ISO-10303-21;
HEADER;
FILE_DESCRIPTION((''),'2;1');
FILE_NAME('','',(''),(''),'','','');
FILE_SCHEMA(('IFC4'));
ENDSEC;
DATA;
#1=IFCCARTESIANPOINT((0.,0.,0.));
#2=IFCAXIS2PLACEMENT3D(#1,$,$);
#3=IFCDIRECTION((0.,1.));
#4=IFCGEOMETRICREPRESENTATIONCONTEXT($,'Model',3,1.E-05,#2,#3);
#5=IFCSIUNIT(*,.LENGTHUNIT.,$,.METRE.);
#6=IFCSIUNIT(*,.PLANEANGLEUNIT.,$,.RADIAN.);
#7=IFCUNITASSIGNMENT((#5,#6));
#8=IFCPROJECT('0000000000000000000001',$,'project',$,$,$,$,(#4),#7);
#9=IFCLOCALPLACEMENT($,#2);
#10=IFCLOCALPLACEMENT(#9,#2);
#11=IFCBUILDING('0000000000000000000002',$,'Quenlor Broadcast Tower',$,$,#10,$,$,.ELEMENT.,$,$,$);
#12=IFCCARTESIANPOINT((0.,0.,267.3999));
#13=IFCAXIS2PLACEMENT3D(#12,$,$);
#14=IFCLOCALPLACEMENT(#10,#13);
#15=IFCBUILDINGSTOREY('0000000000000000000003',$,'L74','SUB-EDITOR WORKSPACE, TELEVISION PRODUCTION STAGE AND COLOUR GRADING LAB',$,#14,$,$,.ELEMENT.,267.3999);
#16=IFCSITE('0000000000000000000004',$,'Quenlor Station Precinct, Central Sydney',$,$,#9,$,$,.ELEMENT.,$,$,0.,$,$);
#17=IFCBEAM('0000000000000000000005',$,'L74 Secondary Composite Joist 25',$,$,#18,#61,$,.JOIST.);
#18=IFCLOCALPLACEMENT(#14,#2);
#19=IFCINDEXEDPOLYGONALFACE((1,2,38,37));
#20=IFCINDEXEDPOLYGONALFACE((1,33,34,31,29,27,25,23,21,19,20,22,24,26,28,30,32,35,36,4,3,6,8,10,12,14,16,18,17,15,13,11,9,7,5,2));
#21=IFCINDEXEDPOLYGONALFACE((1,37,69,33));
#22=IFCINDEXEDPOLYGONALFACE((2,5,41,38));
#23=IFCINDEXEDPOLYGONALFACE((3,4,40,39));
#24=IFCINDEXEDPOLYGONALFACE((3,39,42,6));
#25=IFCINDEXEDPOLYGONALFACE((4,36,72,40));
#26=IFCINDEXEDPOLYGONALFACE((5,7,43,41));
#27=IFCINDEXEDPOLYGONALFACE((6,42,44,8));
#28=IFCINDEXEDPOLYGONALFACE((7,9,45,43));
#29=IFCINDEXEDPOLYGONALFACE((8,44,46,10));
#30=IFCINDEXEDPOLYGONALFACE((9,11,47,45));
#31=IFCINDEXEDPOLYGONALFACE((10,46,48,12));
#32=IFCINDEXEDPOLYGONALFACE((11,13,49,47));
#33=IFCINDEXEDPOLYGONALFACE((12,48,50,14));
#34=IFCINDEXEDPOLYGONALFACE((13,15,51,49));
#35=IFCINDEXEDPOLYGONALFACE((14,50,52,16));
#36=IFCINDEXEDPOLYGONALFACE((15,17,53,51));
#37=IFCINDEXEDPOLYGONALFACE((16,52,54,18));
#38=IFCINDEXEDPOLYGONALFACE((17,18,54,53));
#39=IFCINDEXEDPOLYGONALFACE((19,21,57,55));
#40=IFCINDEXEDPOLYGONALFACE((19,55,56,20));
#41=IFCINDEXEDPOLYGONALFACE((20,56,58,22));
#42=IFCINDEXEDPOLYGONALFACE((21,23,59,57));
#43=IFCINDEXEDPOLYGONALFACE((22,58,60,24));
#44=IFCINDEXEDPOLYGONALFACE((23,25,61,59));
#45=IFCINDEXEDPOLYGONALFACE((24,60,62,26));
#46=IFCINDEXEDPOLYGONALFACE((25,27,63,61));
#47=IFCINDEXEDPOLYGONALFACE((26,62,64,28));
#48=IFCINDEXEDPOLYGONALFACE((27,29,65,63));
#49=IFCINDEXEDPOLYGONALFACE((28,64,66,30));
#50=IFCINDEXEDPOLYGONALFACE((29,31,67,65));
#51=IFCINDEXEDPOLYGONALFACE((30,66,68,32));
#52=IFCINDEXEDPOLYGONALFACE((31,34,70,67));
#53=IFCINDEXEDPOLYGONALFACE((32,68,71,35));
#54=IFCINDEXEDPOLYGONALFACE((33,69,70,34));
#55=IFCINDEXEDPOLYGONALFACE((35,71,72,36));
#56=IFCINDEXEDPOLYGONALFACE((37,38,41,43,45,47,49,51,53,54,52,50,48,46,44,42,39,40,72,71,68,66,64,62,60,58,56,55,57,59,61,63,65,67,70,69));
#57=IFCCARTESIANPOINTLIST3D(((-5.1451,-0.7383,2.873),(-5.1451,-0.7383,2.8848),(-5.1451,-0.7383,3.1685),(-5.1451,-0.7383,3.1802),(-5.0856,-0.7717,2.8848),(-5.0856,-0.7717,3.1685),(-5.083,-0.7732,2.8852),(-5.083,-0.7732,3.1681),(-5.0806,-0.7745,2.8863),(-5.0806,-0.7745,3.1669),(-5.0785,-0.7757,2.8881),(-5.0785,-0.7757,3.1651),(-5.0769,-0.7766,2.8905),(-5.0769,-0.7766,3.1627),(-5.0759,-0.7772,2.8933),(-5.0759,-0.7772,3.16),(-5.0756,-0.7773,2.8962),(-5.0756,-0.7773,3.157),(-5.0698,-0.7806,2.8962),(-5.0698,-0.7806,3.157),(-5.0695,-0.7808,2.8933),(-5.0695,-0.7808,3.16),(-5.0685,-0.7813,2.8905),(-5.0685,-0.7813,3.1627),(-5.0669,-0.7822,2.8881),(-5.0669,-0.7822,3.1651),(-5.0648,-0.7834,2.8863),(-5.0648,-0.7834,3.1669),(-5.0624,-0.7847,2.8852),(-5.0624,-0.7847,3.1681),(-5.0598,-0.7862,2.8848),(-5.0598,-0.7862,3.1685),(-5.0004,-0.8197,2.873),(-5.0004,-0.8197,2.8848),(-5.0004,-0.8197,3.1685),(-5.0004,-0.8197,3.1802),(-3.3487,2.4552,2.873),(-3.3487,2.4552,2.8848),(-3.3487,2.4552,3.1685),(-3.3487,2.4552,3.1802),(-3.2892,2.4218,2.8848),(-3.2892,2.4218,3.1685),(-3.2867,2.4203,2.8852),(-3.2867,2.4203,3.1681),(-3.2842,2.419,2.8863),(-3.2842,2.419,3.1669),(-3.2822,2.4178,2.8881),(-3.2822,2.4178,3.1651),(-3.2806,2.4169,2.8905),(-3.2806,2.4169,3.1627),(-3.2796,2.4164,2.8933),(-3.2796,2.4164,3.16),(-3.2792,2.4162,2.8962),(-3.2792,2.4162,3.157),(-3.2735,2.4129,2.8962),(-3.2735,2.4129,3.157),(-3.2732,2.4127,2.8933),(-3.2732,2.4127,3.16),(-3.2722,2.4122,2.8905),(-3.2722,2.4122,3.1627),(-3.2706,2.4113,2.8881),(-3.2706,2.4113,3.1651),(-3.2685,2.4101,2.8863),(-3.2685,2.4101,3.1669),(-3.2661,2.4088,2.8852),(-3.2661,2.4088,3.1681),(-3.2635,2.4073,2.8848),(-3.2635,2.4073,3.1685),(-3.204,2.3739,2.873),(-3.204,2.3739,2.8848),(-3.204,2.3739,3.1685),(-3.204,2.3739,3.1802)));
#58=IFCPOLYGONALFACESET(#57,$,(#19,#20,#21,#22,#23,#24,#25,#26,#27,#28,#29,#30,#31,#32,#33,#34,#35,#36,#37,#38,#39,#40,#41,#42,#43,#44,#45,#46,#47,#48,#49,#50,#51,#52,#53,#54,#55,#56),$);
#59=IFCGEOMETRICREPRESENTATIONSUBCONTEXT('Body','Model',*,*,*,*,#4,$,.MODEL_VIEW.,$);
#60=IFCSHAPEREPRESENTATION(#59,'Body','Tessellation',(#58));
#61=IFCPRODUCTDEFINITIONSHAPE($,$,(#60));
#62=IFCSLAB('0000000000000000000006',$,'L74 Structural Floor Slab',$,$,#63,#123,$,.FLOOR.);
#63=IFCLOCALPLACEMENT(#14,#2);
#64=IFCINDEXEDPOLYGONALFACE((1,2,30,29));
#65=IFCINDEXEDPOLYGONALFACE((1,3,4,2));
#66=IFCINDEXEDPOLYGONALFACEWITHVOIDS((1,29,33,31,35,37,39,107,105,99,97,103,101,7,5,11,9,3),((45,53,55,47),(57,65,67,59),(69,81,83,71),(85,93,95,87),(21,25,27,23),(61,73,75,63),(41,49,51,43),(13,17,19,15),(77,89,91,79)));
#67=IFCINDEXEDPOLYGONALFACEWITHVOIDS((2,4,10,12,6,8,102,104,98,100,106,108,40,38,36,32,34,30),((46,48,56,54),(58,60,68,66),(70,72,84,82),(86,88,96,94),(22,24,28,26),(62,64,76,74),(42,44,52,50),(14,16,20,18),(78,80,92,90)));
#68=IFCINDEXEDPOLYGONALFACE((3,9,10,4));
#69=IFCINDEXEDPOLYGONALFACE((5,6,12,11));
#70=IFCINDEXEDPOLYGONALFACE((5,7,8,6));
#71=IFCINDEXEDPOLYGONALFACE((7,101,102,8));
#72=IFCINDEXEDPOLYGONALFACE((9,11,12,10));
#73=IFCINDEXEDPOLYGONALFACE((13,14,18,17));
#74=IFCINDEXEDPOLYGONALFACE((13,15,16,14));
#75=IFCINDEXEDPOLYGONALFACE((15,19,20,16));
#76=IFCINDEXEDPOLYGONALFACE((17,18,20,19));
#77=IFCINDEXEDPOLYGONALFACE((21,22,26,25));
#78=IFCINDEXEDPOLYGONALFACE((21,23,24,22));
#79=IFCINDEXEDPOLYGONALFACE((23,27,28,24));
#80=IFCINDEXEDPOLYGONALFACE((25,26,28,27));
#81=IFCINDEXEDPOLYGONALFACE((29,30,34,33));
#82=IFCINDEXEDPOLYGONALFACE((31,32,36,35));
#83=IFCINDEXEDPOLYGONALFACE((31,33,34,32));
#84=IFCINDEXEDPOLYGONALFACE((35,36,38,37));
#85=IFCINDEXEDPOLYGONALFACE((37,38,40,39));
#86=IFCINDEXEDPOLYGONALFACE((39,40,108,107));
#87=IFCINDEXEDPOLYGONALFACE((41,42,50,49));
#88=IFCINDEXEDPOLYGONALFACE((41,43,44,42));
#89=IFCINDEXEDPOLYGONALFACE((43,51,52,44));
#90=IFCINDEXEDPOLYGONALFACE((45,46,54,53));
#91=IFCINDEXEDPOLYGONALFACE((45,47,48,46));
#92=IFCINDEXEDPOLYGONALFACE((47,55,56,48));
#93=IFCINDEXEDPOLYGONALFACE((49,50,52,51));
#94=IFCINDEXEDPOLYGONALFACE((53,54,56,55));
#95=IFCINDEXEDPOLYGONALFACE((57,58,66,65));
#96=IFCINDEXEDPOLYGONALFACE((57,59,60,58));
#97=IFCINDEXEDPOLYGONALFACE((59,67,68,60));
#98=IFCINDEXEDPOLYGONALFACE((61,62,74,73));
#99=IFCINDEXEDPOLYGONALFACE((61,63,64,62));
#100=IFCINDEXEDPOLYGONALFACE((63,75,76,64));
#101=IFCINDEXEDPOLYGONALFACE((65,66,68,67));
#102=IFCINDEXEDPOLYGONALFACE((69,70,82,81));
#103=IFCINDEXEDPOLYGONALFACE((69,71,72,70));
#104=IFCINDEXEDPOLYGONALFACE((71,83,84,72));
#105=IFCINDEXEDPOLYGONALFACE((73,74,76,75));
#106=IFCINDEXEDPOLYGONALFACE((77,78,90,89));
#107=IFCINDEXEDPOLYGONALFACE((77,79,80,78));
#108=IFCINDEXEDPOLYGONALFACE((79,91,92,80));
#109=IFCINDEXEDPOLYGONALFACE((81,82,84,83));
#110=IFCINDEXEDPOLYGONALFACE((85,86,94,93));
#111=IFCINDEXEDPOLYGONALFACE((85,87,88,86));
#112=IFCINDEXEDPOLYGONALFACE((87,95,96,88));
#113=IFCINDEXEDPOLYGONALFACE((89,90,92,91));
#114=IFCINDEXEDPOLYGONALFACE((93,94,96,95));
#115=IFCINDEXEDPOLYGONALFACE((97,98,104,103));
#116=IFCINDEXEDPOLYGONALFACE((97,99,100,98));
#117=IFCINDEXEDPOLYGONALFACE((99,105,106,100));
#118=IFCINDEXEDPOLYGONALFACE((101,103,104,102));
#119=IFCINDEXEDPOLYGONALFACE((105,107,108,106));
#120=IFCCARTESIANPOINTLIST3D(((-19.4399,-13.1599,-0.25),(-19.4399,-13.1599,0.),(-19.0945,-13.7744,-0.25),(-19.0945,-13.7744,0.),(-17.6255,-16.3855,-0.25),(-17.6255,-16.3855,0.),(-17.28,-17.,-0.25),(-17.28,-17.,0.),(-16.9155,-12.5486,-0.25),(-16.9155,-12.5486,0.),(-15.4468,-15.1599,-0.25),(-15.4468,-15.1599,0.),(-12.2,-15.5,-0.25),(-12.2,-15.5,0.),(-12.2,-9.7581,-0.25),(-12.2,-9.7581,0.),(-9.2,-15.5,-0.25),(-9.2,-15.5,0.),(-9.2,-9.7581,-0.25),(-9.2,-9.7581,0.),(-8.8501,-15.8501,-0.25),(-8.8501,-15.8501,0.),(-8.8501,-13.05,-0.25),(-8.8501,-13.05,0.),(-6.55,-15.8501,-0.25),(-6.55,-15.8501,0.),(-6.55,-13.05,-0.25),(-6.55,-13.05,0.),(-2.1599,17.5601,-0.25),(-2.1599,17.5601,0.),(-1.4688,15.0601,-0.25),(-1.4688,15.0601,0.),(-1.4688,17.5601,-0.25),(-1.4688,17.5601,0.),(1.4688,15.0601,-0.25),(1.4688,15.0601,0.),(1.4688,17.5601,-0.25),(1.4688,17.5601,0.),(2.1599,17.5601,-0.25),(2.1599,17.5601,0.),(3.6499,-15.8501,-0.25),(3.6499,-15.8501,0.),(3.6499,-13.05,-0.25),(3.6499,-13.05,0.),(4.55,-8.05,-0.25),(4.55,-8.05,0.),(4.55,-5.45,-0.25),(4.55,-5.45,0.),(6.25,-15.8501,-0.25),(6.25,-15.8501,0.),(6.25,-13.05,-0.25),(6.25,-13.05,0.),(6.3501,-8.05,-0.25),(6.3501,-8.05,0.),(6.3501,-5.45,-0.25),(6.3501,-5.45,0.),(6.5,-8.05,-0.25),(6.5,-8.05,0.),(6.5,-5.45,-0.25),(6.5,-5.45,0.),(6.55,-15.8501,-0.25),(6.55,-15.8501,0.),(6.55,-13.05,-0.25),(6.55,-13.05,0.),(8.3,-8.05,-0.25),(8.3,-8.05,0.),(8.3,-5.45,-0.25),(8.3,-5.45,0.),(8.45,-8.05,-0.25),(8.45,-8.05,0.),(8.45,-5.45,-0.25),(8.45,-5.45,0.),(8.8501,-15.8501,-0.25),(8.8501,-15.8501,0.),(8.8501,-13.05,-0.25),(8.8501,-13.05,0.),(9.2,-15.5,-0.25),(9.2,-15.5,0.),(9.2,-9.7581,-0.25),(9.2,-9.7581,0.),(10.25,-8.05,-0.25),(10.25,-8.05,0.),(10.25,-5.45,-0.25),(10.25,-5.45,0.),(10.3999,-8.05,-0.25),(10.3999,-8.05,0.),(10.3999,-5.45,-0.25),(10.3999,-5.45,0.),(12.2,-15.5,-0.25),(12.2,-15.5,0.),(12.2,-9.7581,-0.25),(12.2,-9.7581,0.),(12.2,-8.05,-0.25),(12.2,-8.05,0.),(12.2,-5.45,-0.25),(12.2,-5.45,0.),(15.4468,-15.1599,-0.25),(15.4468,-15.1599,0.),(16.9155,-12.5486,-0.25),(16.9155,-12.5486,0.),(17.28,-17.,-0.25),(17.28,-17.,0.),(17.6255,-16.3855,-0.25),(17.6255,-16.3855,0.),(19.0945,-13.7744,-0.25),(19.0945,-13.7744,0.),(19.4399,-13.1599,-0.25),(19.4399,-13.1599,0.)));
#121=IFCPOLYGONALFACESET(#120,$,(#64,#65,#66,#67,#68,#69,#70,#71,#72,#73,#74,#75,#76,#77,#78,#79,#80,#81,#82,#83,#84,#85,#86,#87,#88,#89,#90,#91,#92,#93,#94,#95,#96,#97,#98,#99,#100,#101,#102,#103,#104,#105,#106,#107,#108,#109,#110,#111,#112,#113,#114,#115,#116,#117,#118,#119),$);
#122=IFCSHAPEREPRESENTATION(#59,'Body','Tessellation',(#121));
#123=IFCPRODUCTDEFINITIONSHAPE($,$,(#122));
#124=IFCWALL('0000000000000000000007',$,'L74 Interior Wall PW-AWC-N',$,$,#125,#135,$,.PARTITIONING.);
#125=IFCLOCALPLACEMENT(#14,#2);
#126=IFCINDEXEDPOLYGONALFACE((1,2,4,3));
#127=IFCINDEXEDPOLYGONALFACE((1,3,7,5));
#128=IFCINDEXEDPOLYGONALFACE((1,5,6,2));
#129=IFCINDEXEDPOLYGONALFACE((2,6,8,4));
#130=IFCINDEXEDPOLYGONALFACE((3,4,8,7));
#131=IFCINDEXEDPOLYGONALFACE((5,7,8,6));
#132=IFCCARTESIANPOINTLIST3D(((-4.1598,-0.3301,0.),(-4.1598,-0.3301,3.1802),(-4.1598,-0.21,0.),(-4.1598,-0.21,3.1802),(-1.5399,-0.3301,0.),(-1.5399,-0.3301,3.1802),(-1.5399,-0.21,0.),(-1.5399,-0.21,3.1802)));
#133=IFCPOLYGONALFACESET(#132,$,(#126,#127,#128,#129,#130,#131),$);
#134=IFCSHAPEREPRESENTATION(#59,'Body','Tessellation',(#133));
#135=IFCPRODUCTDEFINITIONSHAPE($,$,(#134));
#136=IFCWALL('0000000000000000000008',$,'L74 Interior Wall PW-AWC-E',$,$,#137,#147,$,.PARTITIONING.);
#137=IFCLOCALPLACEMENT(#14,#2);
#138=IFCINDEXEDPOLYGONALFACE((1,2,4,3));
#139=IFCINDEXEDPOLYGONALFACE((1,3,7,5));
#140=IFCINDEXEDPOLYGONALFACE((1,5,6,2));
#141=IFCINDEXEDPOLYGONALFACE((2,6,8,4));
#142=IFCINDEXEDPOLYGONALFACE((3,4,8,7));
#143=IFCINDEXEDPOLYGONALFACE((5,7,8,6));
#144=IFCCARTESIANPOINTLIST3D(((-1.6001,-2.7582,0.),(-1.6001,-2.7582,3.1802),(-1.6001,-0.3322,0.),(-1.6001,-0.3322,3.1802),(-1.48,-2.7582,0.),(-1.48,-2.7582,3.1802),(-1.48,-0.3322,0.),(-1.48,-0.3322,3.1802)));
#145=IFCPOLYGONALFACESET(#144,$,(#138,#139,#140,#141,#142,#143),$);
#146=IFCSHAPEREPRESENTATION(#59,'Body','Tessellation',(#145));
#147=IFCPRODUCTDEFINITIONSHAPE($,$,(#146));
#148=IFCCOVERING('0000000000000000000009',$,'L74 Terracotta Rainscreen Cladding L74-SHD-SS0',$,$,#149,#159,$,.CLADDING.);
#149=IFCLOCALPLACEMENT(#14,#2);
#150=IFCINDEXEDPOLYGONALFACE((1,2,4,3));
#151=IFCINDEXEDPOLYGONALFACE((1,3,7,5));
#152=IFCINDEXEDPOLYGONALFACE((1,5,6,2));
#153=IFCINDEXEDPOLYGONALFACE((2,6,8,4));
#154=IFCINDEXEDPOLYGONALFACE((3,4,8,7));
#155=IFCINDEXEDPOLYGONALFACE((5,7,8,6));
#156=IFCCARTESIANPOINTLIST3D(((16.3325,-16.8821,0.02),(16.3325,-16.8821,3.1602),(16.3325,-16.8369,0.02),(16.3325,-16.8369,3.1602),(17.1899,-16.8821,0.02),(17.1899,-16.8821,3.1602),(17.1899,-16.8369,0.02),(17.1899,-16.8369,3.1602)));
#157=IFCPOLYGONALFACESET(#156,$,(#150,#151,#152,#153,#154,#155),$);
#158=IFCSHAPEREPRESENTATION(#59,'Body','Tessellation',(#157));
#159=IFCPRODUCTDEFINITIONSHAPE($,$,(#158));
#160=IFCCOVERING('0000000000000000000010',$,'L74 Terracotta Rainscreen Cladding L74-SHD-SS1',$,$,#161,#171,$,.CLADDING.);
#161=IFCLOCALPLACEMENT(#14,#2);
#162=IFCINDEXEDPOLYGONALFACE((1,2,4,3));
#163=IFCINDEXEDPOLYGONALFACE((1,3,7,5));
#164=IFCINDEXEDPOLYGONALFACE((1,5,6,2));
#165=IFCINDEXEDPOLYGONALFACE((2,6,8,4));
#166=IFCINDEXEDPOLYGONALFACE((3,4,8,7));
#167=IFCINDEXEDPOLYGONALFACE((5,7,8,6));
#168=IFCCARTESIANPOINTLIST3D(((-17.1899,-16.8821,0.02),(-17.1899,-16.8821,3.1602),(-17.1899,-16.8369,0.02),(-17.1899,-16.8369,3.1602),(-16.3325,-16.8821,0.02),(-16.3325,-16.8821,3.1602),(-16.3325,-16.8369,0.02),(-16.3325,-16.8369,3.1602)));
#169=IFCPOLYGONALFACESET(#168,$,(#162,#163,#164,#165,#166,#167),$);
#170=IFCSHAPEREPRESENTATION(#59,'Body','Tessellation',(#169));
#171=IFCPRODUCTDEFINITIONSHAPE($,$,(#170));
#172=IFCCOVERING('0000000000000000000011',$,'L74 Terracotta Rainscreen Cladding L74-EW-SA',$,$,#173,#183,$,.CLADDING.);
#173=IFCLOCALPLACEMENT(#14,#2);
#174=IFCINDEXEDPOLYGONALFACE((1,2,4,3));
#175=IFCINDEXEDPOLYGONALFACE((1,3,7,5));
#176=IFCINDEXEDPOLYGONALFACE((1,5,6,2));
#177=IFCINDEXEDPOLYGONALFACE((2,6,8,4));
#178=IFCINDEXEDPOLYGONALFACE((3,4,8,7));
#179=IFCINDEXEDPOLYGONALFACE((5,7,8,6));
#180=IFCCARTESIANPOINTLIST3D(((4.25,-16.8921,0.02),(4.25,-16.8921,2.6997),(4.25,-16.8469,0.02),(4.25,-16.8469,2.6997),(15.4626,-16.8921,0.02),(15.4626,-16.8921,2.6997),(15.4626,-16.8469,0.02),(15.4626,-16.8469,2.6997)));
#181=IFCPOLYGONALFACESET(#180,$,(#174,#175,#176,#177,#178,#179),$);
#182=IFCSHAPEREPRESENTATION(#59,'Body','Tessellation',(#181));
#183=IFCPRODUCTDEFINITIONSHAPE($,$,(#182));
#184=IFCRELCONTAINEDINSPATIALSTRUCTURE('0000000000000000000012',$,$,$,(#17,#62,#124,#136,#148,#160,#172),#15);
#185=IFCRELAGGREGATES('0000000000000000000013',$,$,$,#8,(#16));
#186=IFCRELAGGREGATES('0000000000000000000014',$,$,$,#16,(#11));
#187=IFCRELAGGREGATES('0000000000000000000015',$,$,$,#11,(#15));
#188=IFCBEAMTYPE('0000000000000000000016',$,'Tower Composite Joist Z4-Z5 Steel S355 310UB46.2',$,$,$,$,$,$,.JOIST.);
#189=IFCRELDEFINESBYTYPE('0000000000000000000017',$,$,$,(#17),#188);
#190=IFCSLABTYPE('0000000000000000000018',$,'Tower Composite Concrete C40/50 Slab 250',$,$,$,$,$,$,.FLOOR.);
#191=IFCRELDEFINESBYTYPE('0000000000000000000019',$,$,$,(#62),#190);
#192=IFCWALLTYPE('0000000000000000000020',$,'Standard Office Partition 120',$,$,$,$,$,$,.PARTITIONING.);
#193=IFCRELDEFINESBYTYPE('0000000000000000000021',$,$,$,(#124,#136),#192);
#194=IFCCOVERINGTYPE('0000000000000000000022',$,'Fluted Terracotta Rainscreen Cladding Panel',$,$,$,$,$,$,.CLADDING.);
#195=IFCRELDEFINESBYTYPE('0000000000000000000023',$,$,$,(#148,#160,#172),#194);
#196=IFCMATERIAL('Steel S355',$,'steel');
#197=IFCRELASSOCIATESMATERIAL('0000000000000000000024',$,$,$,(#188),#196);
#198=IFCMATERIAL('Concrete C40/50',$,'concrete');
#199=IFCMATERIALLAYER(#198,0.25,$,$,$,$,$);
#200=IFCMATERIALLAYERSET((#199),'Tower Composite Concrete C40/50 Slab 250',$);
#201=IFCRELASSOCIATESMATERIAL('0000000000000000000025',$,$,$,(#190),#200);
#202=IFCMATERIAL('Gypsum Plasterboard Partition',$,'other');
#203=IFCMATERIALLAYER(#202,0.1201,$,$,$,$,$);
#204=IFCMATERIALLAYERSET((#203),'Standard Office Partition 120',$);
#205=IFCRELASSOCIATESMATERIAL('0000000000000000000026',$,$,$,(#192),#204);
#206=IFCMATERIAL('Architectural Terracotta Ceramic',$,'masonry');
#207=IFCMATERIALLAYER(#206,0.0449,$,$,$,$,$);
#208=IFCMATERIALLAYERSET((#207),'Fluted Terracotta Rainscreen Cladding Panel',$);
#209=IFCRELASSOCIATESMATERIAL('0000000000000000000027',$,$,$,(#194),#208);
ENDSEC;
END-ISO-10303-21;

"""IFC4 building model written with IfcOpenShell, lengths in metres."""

from ifc_helpers import new_model, si_unit, direction, frame, frame_2d, origin, origin_2d, place, context, subcontext, project, spatial, polyline, rectangle, i_section, outline, extrude, material, layer, layer_set, material_profile, profile_set, type_object, element, save


model = new_model("IFC4")

# Units and contexts
model_context = context("Model", 3, precision=1e-05, world=origin(), true_north=direction((0.0, 1.0)))
body_context = subcontext(model_context, "Body", "Model", "MODEL_VIEW")
ifc_project = project(units=[si_unit("LENGTHUNIT", "METRE"), si_unit("PLANEANGLEUNIT", "RADIAN")], contexts=[model_context])

# Site, building, storey
site_placement = place(None, origin())
site = spatial("IfcSite", under=ifc_project, at=site_placement, Name="Quenlor Station Precinct, Central Sydney", CompositionType="ELEMENT", RefElevation=0.0)
building_placement = place(site_placement, origin())
building = spatial("IfcBuilding", under=site, at=building_placement, Name="Quenlor Broadcast Tower", CompositionType="ELEMENT")
storey_placement = place(building_placement, frame((0.0, 0.0, 267.3999)))
storey = spatial("IfcBuildingStorey", under=building, at=storey_placement, Name="L74", Description="SUB-EDITOR WORKSPACE, TELEVISION PRODUCTION STAGE AND COLOUR GRADING LAB", CompositionType="ELEMENT", Elevation=267.3999)

# Beam
ifc_material_1 = material(Name="Steel S355", Category="steel")
ifc_material_profile = material_profile(ifc_material_1, i_section(OverallWidth=0.166, OverallDepth=0.3071, WebThickness=0.0066, FlangeThickness=0.0117, FilletRadius=0.0115, at=origin_2d()))
ifc_profile_set = profile_set([ifc_material_profile], Name="Steel S355 310UB46.2")
beam_type = type_object("IfcBeamType", Name="Tower Composite Joist Z4-Z5 Steel S355 310UB46.2", PredefinedType="JOIST", material=ifc_profile_set)
beam_placement = place(storey_placement, frame((-3.2764, 2.4146, 3.0266), z_axis=(-0.490258, -0.871577, 0.0), x_axis=(0.871577, -0.490258, 0.0)))
element("IfcBeam", 1, at=beam_placement, inside=storey, type_object=beam_type, Name="L74 Secondary Composite Joist 25", PredefinedType="JOIST", context=body_context, shape_type="SweptSolid", body=[
    extrude(i_section(OverallWidth=0.166, OverallDepth=0.3071, WebThickness=0.0066, FlangeThickness=0.0117, FilletRadius=0.0115, at=origin_2d()), origin(), (0.0, 0.0, 1.0), 3.6641),
])

# Slab
ifc_material_2 = material(Name="Concrete C40/50", Category="concrete")
ifc_layer_1 = layer(ifc_material_2, 0.25)
ifc_layer_set_1 = layer_set([ifc_layer_1], Name="Tower Composite Concrete C40/50 Slab 250")
slab_type = type_object("IfcSlabType", Name="Tower Composite Concrete C40/50 Slab 250", PredefinedType="FLOOR", material=ifc_layer_set_1)
slab_placement = place(storey_placement, frame((0.0, 0.0, -0.25)))
element("IfcSlab", 2, at=slab_placement, inside=storey, type_object=slab_type, Name="L74 Structural Floor Slab", PredefinedType="FLOOR", context=body_context, shape_type="SweptSolid", body=[
    extrude(outline(polyline([(17.28, -17.0), (17.6255, -16.3855), (15.4468, -15.1599), (16.9155, -12.5486), (19.0945, -13.7744), (19.4399, -13.1599), (2.1599, 17.5601), (1.4688, 17.5601), (1.4688, 15.0601), (-1.4688, 15.0601), (-1.4688, 17.5601), (-2.1599, 17.5601), (-19.4399, -13.1599), (-19.0945, -13.7744), (-16.9155, -12.5486), (-15.4468, -15.1599), (-17.6255, -16.3855), (-17.28, -17.0), (17.28, -17.0)]), holes=[polyline([(-12.2, -9.7581), (-12.2, -15.5), (-9.2, -15.5), (-9.2, -9.7581), (-12.2, -9.7581)]), polyline([(9.2, -9.7581), (9.2, -15.5), (12.2, -15.5), (12.2, -9.7581), (9.2, -9.7581)]), polyline([(4.55, -8.05), (6.3501, -8.05), (6.3501, -5.45), (4.55, -5.45), (4.55, -8.05)]), polyline([(6.5, -8.05), (8.3, -8.05), (8.3, -5.45), (6.5, -5.45), (6.5, -8.05)]), polyline([(8.45, -8.05), (10.25, -8.05), (10.25, -5.45), (8.45, -5.45), (8.45, -8.05)]), polyline([(10.3999, -8.05), (12.2, -8.05), (12.2, -5.45), (10.3999, -5.45), (10.3999, -8.05)]), polyline([(-8.8501, -15.8501), (-6.55, -15.8501), (-6.55, -13.05), (-8.8501, -13.05), (-8.8501, -15.8501)]), polyline([(6.55, -15.8501), (8.8501, -15.8501), (8.8501, -13.05), (6.55, -13.05), (6.55, -15.8501)]), polyline([(3.6499, -15.8501), (6.25, -15.8501), (6.25, -13.05), (3.6499, -13.05), (3.6499, -15.8501)])]), origin(), (0.0, 0.0, 1.0), 0.25),
])

# Walls
ifc_material_3 = material(Name="Gypsum Plasterboard Partition", Category="other")
ifc_layer_2 = layer(ifc_material_3, 0.1201)
ifc_layer_set_2 = layer_set([ifc_layer_2], Name="Standard Office Partition 120")
wall_type = type_object("IfcWallType", Name="Standard Office Partition 120", PredefinedType="PARTITIONING", material=ifc_layer_set_2)
wall_1_placement = place(storey_placement, frame((-4.1599, -0.27, 0.0), z_axis=(0.0, 0.0, 1.0), x_axis=(1.0, 0.0, 0.0)))
element("IfcWall", 3, at=wall_1_placement, inside=storey, type_object=wall_type, Name="L74 Interior Wall PW-AWC-N", PredefinedType="PARTITIONING", context=body_context, shape_type="SweptSolid", body=[
    extrude(rectangle(XDim=2.6199, YDim=0.1201, at=frame_2d((1.3101, 0.0))), origin(), (0.0, 0.0, 1.0), 3.1802),
])
wall_2_placement = place(storey_placement, frame((-1.54, -2.7581, 0.0), z_axis=(0.0, 0.0, 1.0), x_axis=(0.0, 1.0, 0.0)))
element("IfcWall", 4, at=wall_2_placement, inside=storey, type_object=wall_type, Name="L74 Interior Wall PW-AWC-E", PredefinedType="PARTITIONING", context=body_context, shape_type="SweptSolid", body=[
    extrude(rectangle(XDim=2.426, YDim=0.1201, at=frame_2d((1.2129, 0.0))), origin(), (0.0, 0.0, 1.0), 3.1802),
])

# Coverings
ifc_material_4 = material(Name="Architectural Terracotta Ceramic", Category="masonry")
ifc_layer_3 = layer(ifc_material_4, 0.0449)
ifc_layer_set_3 = layer_set([ifc_layer_3], Name="Fluted Terracotta Rainscreen Cladding Panel")
covering_type = type_object("IfcCoveringType", Name="Fluted Terracotta Rainscreen Cladding Panel", PredefinedType="CLADDING", material=ifc_layer_set_3)
covering_1_placement = place(storey_placement, frame((0.0, 0.0, 0.02)))
element("IfcCovering", 5, at=covering_1_placement, inside=storey, type_object=covering_type, Name="L74 Terracotta Rainscreen Cladding L74-SHD-SS0", PredefinedType="CLADDING", context=body_context, shape_type="SweptSolid", body=[
    extrude(outline(polyline([(17.1899, -16.8369), (16.3325, -16.8369), (16.3325, -16.8821), (17.1899, -16.8821), (17.1899, -16.8369)])), origin(), (0.0, 0.0, 1.0), 3.1401),
])
covering_2_placement = place(storey_placement, frame((0.0, 0.0, 0.02)))
element("IfcCovering", 6, at=covering_2_placement, inside=storey, type_object=covering_type, Name="L74 Terracotta Rainscreen Cladding L74-SHD-SS1", PredefinedType="CLADDING", context=body_context, shape_type="SweptSolid", body=[
    extrude(outline(polyline([(-16.3325, -16.8369), (-17.1899, -16.8369), (-17.1899, -16.8821), (-16.3325, -16.8821), (-16.3325, -16.8369)])), origin(), (0.0, 0.0, 1.0), 3.1401),
])
covering_3_placement = place(storey_placement, frame((0.0, 0.0, 0.02)))
element("IfcCovering", 7, at=covering_3_placement, inside=storey, type_object=covering_type, Name="L74 Terracotta Rainscreen Cladding L74-EW-SA", PredefinedType="CLADDING", context=body_context, shape_type="SweptSolid", body=[
    extrude(outline(polyline([(15.4626, -16.8469), (4.25, -16.8469), (4.25, -16.8921), (15.4626, -16.8921), (15.4626, -16.8469)])), origin(), (0.0, 0.0, 1.0), 2.6797),
])

save(model, "model.ifc")
